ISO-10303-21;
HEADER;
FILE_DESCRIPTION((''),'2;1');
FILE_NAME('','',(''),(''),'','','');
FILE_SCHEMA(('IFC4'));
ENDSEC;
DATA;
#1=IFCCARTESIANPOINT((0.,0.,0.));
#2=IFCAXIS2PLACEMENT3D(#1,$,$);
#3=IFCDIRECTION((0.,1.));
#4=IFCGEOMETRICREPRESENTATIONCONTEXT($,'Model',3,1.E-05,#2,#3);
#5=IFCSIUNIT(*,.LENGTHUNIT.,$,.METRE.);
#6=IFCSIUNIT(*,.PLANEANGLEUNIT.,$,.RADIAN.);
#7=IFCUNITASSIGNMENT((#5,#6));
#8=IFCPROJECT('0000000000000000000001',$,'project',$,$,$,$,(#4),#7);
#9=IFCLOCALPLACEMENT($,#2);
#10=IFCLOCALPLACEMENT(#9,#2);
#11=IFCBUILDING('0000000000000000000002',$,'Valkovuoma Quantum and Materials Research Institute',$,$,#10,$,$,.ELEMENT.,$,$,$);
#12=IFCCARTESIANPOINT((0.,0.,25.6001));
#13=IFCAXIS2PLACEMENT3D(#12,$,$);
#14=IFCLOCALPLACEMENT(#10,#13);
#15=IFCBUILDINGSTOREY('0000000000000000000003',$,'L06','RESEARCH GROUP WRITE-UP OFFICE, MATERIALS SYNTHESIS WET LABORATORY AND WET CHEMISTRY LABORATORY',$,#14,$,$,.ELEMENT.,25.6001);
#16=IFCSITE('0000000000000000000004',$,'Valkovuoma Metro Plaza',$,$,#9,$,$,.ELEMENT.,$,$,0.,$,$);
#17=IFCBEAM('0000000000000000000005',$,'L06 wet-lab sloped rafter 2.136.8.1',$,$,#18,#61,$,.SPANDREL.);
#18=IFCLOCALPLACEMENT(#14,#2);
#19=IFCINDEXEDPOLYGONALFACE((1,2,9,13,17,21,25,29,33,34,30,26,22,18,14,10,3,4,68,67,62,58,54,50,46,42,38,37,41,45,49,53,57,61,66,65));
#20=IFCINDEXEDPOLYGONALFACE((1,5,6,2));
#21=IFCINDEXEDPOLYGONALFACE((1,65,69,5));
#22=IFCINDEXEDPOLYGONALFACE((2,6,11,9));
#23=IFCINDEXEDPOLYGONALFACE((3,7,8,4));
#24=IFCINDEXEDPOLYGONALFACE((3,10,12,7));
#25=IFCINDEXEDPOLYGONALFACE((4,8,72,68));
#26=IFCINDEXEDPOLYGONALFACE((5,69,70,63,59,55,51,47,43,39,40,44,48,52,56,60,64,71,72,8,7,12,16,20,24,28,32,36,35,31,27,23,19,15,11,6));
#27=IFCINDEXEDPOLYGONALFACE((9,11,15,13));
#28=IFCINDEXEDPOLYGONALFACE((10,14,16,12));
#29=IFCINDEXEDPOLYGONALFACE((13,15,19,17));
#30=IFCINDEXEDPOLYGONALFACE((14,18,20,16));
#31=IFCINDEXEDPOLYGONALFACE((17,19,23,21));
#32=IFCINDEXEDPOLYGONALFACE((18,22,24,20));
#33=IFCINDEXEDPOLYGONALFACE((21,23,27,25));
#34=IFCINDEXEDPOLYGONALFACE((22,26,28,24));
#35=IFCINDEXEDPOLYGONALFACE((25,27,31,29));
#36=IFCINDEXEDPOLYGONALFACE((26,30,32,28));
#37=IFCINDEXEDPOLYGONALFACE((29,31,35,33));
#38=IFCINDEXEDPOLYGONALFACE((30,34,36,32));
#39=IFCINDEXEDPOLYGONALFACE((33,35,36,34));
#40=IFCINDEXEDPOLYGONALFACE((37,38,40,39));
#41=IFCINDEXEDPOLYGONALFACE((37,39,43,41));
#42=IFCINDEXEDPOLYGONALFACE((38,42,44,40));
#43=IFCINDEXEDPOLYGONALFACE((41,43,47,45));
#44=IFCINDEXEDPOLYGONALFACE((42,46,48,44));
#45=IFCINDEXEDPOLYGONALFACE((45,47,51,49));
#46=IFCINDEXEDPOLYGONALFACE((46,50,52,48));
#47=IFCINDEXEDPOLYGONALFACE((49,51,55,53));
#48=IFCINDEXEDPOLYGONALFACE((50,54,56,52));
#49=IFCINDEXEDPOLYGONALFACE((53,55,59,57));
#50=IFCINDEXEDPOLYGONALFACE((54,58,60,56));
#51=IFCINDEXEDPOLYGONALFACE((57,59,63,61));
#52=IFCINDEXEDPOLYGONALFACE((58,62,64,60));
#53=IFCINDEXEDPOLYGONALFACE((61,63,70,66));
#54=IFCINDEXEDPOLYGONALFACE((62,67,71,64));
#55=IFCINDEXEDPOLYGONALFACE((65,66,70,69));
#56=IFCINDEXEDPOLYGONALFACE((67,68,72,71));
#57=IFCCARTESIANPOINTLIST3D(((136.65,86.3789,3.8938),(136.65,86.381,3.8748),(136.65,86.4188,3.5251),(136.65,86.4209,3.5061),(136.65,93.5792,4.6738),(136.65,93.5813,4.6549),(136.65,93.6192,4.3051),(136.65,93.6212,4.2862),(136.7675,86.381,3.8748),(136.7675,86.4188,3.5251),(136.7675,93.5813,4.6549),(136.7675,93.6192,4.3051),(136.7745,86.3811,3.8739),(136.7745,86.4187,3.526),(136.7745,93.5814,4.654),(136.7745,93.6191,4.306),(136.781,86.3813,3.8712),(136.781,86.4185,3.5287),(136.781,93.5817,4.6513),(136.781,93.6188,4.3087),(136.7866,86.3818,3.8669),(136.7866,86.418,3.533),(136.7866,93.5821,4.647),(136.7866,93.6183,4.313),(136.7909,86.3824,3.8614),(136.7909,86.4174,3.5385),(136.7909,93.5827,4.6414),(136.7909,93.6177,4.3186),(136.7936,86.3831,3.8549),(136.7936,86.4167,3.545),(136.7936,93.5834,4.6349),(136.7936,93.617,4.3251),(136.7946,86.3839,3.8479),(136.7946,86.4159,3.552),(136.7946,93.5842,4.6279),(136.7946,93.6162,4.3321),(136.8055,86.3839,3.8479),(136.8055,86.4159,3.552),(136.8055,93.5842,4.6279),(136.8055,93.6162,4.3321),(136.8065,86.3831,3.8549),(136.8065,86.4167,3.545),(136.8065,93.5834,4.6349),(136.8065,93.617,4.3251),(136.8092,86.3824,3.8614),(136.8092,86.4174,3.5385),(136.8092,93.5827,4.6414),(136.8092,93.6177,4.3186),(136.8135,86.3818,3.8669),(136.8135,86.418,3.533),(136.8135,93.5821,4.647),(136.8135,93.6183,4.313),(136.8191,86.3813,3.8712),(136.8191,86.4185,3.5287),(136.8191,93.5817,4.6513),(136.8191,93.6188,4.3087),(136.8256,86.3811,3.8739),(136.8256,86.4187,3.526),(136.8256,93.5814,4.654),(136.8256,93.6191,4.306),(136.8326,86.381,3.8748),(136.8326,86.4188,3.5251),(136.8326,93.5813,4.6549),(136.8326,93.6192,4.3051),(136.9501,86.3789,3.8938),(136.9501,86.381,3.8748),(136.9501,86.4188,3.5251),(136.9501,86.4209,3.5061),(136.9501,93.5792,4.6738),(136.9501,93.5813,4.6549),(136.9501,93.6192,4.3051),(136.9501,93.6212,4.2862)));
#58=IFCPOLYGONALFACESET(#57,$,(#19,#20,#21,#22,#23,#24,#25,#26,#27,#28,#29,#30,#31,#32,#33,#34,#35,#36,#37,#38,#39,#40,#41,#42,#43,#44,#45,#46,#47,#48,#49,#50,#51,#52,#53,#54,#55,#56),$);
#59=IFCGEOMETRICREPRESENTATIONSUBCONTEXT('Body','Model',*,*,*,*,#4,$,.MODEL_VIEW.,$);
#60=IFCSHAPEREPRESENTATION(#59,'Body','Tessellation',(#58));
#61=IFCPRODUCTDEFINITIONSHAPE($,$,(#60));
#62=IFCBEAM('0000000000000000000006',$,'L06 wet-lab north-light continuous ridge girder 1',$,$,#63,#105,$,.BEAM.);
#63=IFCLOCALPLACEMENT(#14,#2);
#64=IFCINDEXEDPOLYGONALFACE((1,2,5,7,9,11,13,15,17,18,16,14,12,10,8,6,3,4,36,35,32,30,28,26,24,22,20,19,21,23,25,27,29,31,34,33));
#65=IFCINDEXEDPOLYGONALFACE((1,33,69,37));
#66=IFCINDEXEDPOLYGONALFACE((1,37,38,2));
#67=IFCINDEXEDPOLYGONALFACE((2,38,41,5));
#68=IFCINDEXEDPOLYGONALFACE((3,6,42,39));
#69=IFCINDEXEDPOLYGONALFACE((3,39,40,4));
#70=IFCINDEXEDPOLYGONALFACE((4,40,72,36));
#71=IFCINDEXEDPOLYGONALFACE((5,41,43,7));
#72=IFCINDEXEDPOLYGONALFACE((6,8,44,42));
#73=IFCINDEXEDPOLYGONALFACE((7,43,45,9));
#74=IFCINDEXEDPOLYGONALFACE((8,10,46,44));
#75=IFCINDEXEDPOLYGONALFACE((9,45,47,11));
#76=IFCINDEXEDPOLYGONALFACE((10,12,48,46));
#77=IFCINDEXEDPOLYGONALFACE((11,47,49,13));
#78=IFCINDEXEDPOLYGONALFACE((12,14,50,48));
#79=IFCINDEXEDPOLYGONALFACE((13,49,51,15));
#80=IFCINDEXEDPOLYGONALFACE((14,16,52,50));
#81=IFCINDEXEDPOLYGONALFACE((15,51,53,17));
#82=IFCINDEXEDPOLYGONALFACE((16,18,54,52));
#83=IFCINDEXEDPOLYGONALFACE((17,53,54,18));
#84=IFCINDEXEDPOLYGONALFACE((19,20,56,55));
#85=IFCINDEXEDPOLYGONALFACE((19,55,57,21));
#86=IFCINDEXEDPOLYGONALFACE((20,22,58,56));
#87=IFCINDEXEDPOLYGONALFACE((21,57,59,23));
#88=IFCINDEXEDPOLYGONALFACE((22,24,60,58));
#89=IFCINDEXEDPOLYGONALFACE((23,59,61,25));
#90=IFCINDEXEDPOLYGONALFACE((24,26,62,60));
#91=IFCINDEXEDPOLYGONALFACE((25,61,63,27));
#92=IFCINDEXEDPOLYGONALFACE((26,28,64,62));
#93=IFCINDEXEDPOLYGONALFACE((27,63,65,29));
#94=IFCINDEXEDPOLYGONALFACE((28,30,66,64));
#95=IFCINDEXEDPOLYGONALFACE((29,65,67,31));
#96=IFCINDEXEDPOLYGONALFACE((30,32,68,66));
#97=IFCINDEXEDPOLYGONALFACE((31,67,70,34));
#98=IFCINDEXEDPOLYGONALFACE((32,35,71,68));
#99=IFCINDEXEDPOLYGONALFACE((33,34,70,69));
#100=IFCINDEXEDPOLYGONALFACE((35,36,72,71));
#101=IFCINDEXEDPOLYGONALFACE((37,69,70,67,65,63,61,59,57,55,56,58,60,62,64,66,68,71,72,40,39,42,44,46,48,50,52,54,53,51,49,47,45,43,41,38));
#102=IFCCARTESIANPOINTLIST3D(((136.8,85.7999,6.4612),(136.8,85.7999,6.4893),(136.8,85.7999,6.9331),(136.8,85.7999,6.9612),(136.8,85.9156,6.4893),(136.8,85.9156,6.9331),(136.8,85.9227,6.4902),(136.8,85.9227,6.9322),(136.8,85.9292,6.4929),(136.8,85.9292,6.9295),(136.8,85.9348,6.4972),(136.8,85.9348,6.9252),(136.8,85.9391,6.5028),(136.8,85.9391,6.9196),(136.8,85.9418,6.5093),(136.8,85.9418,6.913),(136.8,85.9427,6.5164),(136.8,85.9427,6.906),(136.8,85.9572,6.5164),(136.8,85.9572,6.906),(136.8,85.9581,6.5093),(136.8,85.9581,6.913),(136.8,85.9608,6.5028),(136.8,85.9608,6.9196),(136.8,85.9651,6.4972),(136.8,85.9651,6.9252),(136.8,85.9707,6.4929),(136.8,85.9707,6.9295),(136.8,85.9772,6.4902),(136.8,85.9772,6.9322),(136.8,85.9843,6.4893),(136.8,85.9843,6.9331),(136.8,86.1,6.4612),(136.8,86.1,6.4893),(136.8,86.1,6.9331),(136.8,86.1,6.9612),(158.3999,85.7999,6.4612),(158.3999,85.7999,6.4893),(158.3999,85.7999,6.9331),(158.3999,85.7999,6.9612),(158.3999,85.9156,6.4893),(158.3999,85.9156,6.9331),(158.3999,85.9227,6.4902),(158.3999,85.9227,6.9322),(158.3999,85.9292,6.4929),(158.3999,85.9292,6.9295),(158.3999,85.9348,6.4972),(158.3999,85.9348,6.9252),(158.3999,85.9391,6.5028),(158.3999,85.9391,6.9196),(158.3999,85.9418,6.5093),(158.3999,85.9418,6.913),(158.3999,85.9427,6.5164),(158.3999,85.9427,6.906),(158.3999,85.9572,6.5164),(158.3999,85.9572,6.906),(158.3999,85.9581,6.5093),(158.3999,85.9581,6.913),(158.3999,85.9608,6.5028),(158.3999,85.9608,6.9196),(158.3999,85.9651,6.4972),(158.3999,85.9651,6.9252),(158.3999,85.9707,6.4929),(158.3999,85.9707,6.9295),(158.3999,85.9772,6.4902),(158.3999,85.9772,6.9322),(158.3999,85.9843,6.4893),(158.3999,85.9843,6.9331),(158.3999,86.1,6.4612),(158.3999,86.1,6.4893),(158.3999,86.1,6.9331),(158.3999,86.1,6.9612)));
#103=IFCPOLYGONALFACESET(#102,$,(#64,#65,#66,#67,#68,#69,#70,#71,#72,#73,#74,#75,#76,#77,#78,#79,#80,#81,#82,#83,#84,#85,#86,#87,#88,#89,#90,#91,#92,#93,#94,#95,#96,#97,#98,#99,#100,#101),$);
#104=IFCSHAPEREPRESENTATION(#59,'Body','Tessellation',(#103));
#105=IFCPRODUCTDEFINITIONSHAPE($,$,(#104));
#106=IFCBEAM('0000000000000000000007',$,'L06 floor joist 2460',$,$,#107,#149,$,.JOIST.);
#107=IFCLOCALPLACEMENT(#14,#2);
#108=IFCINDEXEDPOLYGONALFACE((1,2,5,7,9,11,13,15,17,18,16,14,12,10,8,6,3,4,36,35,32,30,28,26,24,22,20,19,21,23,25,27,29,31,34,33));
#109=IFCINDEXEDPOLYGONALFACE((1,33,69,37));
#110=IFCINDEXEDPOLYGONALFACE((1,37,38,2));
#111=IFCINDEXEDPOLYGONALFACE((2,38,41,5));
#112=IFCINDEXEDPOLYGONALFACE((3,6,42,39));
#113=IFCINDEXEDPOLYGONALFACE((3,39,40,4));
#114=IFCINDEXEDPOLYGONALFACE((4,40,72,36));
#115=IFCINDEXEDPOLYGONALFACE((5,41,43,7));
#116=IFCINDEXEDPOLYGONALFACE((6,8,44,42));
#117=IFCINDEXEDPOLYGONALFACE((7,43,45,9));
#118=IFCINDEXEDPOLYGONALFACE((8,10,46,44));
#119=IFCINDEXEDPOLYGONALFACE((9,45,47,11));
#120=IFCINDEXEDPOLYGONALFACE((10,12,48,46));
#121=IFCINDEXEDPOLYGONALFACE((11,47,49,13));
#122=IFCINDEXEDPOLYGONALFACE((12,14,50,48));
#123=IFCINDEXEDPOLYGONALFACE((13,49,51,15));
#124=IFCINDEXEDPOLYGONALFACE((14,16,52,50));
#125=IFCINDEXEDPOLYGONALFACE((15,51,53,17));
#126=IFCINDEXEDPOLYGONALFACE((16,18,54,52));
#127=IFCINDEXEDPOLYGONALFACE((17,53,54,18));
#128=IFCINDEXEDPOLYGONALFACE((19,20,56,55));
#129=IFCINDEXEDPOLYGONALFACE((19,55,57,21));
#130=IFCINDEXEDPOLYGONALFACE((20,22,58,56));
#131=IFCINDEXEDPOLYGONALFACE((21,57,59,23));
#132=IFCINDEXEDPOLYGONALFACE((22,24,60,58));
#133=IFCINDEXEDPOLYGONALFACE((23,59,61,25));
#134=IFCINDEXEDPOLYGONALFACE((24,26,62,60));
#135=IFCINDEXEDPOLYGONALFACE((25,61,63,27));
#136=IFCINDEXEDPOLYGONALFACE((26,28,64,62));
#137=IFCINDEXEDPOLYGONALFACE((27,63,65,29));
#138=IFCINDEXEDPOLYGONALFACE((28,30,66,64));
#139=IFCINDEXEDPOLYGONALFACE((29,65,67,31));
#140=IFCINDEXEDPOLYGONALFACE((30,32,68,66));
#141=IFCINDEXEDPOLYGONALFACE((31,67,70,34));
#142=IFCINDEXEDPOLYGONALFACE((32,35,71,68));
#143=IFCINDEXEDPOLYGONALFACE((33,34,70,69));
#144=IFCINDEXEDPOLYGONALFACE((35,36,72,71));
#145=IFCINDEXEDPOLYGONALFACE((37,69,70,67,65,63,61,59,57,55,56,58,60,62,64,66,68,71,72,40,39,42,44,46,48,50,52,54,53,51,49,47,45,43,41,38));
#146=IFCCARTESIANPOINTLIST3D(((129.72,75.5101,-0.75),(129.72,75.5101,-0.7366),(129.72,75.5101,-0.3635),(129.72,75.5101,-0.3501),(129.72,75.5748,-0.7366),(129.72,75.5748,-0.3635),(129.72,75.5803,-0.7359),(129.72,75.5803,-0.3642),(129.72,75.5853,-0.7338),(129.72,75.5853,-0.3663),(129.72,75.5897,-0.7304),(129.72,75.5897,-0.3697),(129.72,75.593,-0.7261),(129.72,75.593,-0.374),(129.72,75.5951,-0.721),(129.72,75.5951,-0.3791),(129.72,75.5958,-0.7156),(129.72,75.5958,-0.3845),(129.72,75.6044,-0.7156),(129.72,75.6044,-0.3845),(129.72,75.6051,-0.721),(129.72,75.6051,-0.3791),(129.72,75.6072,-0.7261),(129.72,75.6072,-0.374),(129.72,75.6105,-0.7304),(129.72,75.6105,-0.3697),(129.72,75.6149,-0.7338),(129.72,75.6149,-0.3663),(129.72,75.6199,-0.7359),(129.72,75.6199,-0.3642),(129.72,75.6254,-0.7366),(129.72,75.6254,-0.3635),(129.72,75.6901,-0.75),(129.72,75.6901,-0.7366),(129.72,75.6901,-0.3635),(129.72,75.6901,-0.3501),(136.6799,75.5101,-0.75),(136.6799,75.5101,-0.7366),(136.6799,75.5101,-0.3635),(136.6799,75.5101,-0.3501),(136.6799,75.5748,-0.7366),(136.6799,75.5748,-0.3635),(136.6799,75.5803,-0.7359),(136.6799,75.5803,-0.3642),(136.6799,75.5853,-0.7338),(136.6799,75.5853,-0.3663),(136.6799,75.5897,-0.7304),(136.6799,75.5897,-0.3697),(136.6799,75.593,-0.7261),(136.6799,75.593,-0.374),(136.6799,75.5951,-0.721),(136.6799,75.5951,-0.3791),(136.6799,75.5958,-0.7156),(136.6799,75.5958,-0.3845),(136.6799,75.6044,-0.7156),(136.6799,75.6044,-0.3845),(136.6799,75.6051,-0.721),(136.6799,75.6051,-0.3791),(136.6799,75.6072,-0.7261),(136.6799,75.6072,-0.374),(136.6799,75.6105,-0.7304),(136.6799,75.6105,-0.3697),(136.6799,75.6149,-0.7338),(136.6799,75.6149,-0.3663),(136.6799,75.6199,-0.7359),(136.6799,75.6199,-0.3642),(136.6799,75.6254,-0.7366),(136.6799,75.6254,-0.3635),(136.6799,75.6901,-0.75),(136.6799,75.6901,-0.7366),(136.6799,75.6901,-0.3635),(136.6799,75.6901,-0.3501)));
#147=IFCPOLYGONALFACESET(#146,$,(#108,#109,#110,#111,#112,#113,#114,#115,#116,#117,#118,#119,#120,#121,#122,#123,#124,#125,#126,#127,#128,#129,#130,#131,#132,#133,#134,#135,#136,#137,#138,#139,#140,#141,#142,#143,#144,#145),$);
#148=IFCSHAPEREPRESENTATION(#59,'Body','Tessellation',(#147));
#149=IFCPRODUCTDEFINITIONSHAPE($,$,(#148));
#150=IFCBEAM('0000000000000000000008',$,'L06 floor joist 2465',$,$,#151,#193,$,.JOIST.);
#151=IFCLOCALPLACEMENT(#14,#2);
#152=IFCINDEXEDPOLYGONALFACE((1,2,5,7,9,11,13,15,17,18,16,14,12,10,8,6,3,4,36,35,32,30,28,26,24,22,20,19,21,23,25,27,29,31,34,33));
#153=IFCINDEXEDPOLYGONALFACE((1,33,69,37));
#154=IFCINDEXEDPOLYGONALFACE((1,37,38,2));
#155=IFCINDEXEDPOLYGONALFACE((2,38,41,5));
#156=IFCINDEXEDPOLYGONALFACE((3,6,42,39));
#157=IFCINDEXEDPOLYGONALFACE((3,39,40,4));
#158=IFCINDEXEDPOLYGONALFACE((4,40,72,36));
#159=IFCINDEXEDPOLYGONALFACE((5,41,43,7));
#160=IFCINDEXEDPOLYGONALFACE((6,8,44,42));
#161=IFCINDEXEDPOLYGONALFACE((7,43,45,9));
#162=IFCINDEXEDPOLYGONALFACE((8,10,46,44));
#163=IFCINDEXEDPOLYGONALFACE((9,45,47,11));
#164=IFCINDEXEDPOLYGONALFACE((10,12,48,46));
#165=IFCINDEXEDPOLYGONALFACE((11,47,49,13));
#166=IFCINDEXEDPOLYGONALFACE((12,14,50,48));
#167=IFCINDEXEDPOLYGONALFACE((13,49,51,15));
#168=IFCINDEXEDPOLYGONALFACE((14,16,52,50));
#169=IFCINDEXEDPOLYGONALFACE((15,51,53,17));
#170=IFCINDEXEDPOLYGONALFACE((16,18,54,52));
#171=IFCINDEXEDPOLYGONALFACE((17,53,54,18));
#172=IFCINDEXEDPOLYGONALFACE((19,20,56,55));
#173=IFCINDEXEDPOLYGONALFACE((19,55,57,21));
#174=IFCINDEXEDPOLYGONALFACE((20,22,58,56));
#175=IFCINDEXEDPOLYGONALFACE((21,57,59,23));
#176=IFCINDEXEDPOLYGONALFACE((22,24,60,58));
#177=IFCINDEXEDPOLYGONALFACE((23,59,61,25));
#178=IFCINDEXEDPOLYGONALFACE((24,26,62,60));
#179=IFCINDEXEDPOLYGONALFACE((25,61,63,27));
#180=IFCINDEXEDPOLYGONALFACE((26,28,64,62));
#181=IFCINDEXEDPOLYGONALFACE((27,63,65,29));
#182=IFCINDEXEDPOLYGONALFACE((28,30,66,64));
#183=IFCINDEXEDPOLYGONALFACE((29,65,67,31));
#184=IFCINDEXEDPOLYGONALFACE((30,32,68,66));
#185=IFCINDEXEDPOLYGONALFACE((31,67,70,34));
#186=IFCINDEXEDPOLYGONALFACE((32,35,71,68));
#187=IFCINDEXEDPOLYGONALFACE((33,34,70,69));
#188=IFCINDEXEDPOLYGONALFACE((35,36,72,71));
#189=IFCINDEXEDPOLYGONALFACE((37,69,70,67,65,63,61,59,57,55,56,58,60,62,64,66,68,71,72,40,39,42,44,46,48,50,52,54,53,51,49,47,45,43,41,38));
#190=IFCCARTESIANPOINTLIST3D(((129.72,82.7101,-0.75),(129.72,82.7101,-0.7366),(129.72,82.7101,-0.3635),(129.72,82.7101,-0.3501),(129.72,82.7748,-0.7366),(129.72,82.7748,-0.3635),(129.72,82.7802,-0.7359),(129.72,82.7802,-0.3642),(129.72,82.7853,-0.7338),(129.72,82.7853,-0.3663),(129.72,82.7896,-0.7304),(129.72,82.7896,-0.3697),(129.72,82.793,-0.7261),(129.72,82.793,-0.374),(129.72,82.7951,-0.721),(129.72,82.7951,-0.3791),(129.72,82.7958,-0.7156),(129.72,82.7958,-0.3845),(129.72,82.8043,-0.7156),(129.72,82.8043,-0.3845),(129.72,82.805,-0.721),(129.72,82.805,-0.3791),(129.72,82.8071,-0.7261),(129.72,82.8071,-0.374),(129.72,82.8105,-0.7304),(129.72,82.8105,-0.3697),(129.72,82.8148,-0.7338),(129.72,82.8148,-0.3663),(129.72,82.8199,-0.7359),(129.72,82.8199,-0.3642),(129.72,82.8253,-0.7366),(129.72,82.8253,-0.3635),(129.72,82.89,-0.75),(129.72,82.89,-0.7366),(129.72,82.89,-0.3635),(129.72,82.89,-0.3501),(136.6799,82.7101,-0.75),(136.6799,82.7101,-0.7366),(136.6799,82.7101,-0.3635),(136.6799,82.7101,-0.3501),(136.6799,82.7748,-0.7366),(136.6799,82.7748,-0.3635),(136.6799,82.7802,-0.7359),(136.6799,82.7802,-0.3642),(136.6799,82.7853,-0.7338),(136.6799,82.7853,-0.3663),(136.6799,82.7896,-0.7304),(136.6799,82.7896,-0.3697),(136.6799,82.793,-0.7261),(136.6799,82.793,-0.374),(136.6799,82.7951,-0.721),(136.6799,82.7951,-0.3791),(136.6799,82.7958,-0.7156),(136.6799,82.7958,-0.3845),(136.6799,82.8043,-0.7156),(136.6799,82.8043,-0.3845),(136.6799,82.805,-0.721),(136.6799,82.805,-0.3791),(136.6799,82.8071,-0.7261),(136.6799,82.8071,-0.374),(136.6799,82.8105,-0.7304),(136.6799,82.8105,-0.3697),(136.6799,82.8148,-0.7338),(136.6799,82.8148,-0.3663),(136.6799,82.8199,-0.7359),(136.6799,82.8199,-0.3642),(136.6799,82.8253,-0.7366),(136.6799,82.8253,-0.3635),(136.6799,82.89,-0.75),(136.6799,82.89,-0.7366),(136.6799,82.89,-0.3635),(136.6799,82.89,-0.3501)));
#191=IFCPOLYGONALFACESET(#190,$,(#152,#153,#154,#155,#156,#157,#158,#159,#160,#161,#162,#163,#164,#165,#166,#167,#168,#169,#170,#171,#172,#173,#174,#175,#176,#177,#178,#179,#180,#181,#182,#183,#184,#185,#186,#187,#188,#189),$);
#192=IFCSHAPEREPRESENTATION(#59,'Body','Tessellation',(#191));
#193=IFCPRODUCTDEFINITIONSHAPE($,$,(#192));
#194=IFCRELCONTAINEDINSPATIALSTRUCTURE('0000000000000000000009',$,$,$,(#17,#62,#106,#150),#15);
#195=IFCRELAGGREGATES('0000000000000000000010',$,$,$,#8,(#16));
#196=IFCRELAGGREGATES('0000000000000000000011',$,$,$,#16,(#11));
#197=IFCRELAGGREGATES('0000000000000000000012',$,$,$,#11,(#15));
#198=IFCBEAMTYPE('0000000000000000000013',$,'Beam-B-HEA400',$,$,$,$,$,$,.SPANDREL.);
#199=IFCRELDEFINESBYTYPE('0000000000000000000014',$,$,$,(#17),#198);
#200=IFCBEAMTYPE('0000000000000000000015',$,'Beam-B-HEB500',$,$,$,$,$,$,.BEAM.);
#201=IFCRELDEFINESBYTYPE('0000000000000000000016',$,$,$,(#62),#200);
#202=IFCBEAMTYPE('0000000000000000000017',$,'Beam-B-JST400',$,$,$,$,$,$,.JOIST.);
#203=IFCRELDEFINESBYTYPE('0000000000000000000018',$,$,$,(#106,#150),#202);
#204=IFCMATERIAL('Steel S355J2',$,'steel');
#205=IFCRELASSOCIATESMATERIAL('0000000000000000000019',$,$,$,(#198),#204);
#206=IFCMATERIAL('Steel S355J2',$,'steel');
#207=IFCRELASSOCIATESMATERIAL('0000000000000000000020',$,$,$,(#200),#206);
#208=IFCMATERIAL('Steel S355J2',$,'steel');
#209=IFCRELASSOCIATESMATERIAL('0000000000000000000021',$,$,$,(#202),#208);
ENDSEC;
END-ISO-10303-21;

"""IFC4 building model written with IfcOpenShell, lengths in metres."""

from ifc_helpers import new_model, si_unit, direction, frame, origin, origin_2d, place, context, subcontext, project, spatial, i_section, extrude, material, material_profile, profile_set, type_object, element, save


model = new_model("IFC4")

# Units and contexts
model_context = context("Model", 3, precision=1e-05, world=origin(), true_north=direction((0.0, 1.0)))
body_context = subcontext(model_context, "Body", "Model", "MODEL_VIEW")
ifc_project = project(units=[si_unit("LENGTHUNIT", "METRE"), si_unit("PLANEANGLEUNIT", "RADIAN")], contexts=[model_context])

# Site, building, storey
site_placement = place(None, origin())
site = spatial("IfcSite", under=ifc_project, at=site_placement, Name="Valkovuoma Metro Plaza", CompositionType="ELEMENT", RefElevation=0.0)
building_placement = place(site_placement, origin())
building = spatial("IfcBuilding", under=site, at=building_placement, Name="Valkovuoma Quantum and Materials Research Institute", CompositionType="ELEMENT")
storey_placement = place(building_placement, frame((0.0, 0.0, 25.6001)))
storey = spatial("IfcBuildingStorey", under=building, at=storey_placement, Name="L06", Description="RESEARCH GROUP WRITE-UP OFFICE, MATERIALS SYNTHESIS WET LABORATORY AND WET CHEMISTRY LABORATORY", CompositionType="ELEMENT", Elevation=25.6001)

# Beams
ifc_material_1 = material(Name="Steel S355J2", Category="steel")
ifc_material_profile_1 = material_profile(ifc_material_1, i_section(OverallWidth=0.3, OverallDepth=0.3899, WebThickness=0.011, FlangeThickness=0.019, FilletRadius=0.0271, at=origin_2d()), Name="Steel S355J2")
ifc_profile_set_1 = profile_set([ifc_material_profile_1], Name="Steel S355J2")
beam_type_1 = type_object("IfcBeamType", Name="Beam-B-HEA400", PredefinedType="SPANDREL", material=ifc_profile_set_1)
beam_1_placement = place(storey_placement, frame((136.8, 86.3999, 3.7), z_axis=(0.0, 0.994183, 0.107704), x_axis=(-1.0, 0.0, 0.0)))
element("IfcBeam", 1, at=beam_1_placement, inside=storey, type_object=beam_type_1, Name="L06 wet-lab sloped rafter 2.136.8.1", PredefinedType="SPANDREL", context=body_context, shape_type="SweptSolid", body=[
    extrude(i_section(OverallWidth=0.3, OverallDepth=0.3899, WebThickness=0.011, FlangeThickness=0.019, FilletRadius=0.0271, at=origin_2d()), origin(), (0.0, 0.0, 1.0), 7.2424),
])
ifc_material_2 = material(Name="Steel S355J2", Category="steel")
ifc_material_profile_2 = material_profile(ifc_material_2, i_section(OverallWidth=0.3, OverallDepth=0.5, WebThickness=0.0144, FlangeThickness=0.0281, FilletRadius=0.0271, at=origin_2d()), Name="Steel S355J2")
ifc_profile_set_2 = profile_set([ifc_material_profile_2], Name="Steel S355J2")
beam_type_2 = type_object("IfcBeamType", Name="Beam-B-HEB500", PredefinedType="BEAM", material=ifc_profile_set_2)
beam_2_placement = place(storey_placement, frame((136.8, 85.95, 6.7112), z_axis=(1.0, 0.0, 0.0), x_axis=(0.0, 1.0, 0.0)))
element("IfcBeam", 2, at=beam_2_placement, inside=storey, type_object=beam_type_2, Name="L06 wet-lab north-light continuous ridge girder 1", PredefinedType="BEAM", context=body_context, shape_type="SweptSolid", body=[
    extrude(i_section(OverallWidth=0.3, OverallDepth=0.5, WebThickness=0.0144, FlangeThickness=0.0281, FilletRadius=0.0271, at=origin_2d()), origin(), (0.0, 0.0, 1.0), 21.5999),
])
ifc_material_3 = material(Name="Steel S355J2", Category="steel")
ifc_material_profile_3 = material_profile(ifc_material_3, i_section(OverallWidth=0.1799, OverallDepth=0.3999, WebThickness=0.0085, FlangeThickness=0.0134, FilletRadius=0.021, at=origin_2d()), Name="Steel S355J2")
ifc_profile_set_3 = profile_set([ifc_material_profile_3], Name="Steel S355J2")
beam_type_3 = type_object("IfcBeamType", Name="Beam-B-JST400", PredefinedType="JOIST", material=ifc_profile_set_3)
for number, where, z_axis, x_axis, name in (
    (3, (129.72, 75.6001, -0.55), (1.0, 0.0, 0.0), (0.0, 1.0, 0.0), "L06 floor joist 2460"),
    (4, (129.72, 82.8, -0.55), (1.0, 0.0, 0.0), (0.0, 1.0, 0.0), "L06 floor joist 2465"),
):
    element("IfcBeam", number, at=place(storey_placement, frame(where, z_axis=z_axis, x_axis=x_axis)), inside=storey, type_object=beam_type_3, Name=name, PredefinedType="JOIST", context=body_context, shape_type="SweptSolid", body=[
        extrude(i_section(OverallWidth=0.1799, OverallDepth=0.3999, WebThickness=0.0085, FlangeThickness=0.0134, FilletRadius=0.021, at=origin_2d()), origin(), (0.0, 0.0, 1.0), 6.96),
    ])

save(model, "model.ifc")
